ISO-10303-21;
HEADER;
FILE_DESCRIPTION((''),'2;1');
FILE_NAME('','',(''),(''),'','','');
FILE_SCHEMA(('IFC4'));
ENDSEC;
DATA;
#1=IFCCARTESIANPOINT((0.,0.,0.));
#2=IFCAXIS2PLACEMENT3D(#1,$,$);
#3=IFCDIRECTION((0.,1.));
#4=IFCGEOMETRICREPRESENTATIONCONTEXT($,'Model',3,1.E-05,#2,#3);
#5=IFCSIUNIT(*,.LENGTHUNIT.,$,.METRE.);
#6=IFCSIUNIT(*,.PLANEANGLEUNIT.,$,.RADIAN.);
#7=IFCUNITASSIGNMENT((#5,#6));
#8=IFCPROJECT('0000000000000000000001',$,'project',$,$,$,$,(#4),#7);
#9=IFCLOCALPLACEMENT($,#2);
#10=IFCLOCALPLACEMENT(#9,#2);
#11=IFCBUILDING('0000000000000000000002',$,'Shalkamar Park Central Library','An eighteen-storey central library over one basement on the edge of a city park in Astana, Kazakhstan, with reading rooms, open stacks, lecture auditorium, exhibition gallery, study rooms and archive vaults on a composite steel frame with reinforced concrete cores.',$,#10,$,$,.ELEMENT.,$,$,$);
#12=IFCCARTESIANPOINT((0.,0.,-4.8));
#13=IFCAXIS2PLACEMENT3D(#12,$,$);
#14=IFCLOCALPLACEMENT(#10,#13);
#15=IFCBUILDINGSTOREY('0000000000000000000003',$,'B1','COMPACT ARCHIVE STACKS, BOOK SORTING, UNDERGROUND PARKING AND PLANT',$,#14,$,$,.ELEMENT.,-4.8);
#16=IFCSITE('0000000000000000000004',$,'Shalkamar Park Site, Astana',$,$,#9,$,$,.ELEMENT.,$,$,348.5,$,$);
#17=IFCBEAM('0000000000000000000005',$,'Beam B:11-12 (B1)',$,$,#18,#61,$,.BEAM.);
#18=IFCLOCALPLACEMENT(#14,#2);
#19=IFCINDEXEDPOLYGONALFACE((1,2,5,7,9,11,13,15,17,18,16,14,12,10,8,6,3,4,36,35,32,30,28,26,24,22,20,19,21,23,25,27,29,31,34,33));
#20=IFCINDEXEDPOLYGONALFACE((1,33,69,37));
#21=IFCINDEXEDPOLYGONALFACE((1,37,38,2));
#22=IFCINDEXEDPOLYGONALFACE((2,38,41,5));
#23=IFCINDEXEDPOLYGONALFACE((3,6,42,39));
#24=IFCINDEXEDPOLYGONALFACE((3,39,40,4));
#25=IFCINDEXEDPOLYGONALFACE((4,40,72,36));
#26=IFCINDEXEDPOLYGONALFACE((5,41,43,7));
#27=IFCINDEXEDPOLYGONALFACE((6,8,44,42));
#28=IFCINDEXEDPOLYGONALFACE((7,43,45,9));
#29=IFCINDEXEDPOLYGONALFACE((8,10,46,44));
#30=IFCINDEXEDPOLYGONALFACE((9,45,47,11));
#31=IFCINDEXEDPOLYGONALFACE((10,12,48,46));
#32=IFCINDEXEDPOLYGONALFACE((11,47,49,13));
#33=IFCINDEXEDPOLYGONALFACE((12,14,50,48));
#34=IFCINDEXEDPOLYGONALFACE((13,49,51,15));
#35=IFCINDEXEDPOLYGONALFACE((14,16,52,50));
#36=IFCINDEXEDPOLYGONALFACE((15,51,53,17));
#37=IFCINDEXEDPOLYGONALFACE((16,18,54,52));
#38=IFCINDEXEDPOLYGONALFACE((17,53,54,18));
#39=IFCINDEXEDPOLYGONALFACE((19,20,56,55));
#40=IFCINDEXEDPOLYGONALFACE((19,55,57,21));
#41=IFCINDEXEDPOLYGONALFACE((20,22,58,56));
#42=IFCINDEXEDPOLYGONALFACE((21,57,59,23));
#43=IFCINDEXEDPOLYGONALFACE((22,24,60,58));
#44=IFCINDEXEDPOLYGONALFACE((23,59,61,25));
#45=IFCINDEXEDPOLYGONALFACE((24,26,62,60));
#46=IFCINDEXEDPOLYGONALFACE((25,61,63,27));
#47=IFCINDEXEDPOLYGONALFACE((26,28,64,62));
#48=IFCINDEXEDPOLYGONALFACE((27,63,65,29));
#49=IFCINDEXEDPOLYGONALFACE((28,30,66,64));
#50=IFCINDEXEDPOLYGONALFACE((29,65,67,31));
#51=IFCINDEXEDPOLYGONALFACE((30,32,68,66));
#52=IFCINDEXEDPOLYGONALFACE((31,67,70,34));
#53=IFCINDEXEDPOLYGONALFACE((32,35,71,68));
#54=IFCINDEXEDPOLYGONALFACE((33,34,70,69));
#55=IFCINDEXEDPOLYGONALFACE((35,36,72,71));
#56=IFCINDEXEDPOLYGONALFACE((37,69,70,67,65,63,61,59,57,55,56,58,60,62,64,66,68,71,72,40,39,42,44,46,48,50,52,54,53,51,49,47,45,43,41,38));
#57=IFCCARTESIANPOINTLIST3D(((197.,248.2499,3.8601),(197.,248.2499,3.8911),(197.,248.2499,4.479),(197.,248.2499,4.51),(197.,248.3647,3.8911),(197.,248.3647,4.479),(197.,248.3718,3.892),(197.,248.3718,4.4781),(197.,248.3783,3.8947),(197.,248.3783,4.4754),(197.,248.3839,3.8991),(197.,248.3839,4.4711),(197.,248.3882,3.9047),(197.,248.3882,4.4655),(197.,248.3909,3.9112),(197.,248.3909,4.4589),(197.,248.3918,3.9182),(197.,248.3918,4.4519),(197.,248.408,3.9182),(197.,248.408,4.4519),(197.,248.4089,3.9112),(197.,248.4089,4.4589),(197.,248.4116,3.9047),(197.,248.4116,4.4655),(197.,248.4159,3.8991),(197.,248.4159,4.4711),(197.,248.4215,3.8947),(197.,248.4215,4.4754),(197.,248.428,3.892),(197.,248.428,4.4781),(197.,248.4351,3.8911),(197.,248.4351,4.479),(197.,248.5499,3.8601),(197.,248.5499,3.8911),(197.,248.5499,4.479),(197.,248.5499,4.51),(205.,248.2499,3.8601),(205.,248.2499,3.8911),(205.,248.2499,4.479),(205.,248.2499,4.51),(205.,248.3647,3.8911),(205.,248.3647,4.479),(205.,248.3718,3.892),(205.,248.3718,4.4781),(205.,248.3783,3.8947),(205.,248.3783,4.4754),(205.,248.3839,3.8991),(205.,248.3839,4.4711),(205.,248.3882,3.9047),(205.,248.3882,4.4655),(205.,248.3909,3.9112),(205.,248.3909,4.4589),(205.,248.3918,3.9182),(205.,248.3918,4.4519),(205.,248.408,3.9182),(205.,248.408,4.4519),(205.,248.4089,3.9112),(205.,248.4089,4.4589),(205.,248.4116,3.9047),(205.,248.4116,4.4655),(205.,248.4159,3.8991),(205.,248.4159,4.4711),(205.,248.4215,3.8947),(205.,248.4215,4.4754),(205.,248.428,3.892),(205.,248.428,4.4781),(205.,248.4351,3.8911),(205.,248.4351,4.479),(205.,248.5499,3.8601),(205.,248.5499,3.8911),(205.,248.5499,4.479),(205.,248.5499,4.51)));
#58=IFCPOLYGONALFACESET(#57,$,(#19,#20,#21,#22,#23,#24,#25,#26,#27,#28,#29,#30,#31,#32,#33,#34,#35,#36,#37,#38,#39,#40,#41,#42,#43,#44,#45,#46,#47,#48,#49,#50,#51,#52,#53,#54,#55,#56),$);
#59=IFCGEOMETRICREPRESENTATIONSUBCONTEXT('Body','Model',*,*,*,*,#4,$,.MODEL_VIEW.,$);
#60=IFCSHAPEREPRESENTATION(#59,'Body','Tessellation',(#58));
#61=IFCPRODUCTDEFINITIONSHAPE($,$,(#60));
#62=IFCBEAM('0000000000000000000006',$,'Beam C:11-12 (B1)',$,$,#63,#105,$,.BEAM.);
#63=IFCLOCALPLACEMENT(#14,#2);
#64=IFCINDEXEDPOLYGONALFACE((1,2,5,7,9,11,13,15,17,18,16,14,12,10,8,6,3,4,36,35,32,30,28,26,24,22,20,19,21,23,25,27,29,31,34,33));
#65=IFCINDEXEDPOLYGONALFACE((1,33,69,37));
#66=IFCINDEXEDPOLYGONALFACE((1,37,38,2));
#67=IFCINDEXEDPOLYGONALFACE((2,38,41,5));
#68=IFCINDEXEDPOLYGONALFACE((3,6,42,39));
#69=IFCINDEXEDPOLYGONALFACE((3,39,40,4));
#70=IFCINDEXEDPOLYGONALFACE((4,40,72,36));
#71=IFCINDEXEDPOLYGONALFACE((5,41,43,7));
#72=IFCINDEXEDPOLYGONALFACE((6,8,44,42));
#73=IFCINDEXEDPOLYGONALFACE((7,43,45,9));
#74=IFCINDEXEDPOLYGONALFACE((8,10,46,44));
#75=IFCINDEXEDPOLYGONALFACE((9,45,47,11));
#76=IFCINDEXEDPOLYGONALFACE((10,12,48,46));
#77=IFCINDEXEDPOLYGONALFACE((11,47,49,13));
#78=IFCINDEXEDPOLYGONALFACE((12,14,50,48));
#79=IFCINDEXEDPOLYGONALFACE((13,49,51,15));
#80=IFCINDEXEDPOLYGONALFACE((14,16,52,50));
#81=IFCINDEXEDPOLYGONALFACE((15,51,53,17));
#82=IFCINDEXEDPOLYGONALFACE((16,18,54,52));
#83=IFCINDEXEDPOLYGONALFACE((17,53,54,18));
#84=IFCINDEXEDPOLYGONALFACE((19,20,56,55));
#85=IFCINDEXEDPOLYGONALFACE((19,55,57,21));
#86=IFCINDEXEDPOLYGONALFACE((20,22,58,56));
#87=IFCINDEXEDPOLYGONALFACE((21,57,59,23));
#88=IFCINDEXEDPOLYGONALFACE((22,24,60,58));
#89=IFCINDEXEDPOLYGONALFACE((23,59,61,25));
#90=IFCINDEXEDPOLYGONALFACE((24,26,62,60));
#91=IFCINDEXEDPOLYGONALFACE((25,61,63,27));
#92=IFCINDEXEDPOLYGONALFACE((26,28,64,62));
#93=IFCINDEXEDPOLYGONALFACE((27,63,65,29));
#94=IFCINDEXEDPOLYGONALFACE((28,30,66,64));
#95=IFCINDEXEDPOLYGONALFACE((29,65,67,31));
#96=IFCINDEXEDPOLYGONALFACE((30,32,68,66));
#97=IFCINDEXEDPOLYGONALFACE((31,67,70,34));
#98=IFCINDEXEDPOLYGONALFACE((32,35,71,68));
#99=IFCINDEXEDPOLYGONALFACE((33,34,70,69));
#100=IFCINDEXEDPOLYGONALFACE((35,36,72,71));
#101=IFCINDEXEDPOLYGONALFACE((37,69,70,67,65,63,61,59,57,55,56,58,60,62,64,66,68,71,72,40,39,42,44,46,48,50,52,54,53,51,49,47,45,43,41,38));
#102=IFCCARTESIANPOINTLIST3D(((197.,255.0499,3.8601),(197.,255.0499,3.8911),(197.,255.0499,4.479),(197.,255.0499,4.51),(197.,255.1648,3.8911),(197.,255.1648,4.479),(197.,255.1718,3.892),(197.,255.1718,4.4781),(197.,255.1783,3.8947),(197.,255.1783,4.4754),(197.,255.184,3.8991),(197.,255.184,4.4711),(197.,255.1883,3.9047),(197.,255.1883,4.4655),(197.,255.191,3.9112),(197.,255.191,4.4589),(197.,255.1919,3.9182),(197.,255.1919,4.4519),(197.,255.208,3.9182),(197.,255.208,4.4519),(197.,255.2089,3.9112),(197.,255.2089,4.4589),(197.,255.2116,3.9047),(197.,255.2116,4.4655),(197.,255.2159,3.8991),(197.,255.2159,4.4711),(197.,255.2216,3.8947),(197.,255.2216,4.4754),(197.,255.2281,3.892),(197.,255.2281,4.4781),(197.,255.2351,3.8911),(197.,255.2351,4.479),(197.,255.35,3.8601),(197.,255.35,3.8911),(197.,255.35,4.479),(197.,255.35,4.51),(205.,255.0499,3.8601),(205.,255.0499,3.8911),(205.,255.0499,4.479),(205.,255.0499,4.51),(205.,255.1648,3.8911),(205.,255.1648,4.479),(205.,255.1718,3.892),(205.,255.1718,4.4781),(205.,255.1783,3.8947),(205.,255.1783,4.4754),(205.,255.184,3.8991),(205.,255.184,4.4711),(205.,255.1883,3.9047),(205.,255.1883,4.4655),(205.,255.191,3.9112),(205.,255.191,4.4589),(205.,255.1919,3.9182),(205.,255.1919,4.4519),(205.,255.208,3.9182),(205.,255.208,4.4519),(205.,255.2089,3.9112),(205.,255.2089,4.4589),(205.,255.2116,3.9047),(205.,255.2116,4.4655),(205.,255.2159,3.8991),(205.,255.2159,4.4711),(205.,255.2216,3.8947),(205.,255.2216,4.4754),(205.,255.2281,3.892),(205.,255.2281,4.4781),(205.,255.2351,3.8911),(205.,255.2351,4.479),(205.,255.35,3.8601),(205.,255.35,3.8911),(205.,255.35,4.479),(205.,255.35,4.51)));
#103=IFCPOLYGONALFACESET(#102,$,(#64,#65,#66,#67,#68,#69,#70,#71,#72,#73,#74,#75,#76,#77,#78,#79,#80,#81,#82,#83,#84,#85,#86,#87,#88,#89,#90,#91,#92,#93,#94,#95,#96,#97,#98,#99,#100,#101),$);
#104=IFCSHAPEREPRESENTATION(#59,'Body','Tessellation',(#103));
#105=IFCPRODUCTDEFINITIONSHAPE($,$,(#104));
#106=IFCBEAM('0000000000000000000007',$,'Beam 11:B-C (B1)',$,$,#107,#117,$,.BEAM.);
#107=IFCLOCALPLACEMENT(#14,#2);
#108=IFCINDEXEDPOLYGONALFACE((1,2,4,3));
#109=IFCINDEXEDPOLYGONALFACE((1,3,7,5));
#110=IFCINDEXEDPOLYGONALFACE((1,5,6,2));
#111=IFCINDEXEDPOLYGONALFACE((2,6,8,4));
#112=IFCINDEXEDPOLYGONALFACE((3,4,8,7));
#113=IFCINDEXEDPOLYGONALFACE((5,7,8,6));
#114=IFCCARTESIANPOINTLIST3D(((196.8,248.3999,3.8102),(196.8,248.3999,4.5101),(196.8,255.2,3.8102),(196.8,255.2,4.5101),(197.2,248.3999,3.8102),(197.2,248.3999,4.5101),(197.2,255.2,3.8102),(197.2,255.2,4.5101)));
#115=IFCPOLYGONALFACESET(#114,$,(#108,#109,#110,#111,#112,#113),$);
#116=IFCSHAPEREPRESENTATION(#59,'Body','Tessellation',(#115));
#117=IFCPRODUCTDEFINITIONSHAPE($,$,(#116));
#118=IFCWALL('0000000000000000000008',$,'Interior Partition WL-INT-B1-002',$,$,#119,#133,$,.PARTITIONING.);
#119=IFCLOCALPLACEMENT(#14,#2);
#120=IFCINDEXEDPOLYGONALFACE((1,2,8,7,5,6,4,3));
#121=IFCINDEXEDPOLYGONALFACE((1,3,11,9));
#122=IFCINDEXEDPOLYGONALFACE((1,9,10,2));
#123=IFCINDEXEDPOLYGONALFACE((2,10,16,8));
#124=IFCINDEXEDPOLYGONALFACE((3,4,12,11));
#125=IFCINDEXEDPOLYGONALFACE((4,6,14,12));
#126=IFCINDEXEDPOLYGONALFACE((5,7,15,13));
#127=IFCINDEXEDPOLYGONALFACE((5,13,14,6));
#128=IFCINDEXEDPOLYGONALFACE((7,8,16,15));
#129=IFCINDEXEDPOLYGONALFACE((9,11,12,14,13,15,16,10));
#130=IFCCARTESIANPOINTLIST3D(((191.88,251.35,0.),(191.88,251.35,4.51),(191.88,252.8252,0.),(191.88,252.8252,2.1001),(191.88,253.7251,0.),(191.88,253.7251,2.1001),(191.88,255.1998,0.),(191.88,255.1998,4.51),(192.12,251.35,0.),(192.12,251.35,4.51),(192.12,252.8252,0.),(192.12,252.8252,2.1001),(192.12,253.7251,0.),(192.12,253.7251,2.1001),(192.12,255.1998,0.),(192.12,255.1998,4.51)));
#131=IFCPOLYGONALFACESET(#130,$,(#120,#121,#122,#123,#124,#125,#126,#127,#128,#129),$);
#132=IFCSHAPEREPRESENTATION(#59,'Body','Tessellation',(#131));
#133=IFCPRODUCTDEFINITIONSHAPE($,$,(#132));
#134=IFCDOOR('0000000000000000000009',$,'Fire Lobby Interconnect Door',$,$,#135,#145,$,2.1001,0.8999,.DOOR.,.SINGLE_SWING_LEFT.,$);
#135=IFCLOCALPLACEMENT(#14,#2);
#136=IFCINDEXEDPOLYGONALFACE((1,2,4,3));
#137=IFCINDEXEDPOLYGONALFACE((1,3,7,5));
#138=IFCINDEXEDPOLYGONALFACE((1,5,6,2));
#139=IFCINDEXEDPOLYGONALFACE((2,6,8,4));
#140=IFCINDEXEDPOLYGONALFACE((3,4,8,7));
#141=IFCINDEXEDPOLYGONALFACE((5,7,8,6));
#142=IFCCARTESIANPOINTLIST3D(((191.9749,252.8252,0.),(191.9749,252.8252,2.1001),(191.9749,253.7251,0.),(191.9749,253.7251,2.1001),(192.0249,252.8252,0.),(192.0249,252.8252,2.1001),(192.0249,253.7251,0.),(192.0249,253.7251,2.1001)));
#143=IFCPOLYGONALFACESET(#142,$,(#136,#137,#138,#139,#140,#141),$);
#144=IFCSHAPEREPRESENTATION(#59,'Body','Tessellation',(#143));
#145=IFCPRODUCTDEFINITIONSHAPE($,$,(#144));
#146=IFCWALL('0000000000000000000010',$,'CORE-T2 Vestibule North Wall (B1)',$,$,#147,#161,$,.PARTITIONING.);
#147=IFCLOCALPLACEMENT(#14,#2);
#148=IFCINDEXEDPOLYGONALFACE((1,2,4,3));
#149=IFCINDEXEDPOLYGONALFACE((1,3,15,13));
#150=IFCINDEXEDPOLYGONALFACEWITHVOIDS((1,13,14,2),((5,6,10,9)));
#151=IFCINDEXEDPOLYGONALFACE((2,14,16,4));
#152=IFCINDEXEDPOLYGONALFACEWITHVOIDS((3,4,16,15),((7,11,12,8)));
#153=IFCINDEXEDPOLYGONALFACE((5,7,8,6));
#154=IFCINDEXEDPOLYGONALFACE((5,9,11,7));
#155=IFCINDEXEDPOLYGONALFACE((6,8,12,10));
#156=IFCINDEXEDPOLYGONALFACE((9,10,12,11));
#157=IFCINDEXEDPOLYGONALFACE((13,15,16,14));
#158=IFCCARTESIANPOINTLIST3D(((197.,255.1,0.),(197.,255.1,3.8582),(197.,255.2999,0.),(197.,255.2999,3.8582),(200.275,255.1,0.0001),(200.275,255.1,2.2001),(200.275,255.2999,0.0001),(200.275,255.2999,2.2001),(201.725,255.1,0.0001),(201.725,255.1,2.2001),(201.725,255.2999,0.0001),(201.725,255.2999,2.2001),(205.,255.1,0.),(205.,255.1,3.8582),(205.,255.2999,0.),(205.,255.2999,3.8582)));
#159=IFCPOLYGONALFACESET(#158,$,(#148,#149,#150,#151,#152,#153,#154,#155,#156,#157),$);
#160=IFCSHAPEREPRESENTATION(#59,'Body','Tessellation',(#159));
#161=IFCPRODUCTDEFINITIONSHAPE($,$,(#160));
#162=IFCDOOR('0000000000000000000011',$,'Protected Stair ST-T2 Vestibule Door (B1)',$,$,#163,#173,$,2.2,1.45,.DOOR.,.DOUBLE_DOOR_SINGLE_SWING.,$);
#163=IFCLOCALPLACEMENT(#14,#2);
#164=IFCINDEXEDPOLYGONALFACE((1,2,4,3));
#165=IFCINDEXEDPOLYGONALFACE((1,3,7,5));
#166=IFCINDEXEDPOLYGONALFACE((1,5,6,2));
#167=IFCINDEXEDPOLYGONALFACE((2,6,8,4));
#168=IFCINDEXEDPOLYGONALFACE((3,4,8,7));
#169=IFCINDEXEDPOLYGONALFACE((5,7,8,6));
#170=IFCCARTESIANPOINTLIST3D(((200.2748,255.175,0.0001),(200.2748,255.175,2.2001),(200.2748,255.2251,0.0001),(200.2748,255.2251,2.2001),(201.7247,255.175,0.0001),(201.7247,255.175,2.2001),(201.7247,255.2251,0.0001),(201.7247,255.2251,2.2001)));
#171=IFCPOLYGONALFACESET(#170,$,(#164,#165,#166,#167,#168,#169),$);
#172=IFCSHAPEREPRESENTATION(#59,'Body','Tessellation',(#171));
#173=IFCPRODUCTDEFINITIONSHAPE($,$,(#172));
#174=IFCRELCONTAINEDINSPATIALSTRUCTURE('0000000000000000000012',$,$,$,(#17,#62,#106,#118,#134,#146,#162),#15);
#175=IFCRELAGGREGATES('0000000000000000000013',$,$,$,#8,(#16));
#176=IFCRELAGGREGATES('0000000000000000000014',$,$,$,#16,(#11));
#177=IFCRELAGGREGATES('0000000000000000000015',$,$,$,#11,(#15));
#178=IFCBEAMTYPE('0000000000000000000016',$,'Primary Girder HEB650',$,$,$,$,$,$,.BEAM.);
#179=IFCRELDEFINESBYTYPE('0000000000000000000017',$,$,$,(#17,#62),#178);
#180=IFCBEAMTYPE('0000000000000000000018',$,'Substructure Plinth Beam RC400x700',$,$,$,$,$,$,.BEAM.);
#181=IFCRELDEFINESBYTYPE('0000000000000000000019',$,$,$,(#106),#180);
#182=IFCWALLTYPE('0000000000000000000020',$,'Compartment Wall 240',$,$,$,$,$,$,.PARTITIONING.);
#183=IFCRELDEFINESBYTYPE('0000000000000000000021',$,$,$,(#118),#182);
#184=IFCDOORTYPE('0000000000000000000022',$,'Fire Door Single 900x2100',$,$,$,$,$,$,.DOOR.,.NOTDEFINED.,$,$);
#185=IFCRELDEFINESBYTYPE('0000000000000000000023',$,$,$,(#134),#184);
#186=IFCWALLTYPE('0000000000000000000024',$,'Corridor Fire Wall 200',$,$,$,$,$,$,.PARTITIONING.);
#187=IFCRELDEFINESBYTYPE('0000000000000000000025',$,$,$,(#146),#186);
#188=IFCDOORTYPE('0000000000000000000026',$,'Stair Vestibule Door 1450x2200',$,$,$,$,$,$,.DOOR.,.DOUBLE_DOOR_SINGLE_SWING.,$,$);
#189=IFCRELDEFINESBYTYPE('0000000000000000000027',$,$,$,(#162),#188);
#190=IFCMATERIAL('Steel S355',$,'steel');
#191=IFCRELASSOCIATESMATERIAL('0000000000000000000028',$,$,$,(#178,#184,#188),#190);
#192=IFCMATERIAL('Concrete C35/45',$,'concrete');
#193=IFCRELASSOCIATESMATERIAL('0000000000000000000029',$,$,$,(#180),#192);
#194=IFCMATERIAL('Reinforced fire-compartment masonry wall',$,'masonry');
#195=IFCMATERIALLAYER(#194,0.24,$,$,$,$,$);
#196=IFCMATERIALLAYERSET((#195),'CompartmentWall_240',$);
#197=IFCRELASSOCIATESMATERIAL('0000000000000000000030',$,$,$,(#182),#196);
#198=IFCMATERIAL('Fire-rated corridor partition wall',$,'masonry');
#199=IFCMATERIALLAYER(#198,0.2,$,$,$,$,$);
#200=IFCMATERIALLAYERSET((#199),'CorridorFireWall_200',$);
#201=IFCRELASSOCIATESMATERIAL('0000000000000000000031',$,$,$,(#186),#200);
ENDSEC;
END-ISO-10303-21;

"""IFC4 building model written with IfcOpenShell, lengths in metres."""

from ifc_helpers import new_model, si_unit, direction, frame, frame_2d, origin, origin_2d, place, context, subcontext, project, spatial, rectangle, i_section, extrude, material, layer, layer_set, material_profile, profile_set, type_object, element, fill, save


model = new_model("IFC4")

# Units and contexts
model_context = context("Model", 3, precision=1e-05, world=origin(), true_north=direction((0.0, 1.0)))
body_context = subcontext(model_context, "Body", "Model", "MODEL_VIEW")
ifc_project = project(units=[si_unit("LENGTHUNIT", "METRE"), si_unit("PLANEANGLEUNIT", "RADIAN")], contexts=[model_context])

# Site, building, storey
site_placement = place(None, origin())
site = spatial("IfcSite", under=ifc_project, at=site_placement, Name="Shalkamar Park Site, Astana", CompositionType="ELEMENT", RefElevation=348.5)
building_placement = place(site_placement, origin())
building = spatial("IfcBuilding", under=site, at=building_placement, Name="Shalkamar Park Central Library", Description="An eighteen-storey central library over one basement on the edge of a city park in Astana, Kazakhstan, with reading rooms, open stacks, lecture auditorium, exhibition gallery, study rooms and archive vaults on a composite steel frame with reinforced concrete cores.", CompositionType="ELEMENT")
storey_placement = place(building_placement, frame((0.0, 0.0, -4.8)))
storey = spatial("IfcBuildingStorey", under=building, at=storey_placement, Name="B1", Description="COMPACT ARCHIVE STACKS, BOOK SORTING, UNDERGROUND PARKING AND PLANT", CompositionType="ELEMENT", Elevation=-4.8)

# Shared definitions
ifc_material_1 = material(Name="Concrete C35/45", Category="concrete")

# Shared definitions
ifc_material_2 = material(Name="Steel S355", Category="steel")

# Beams
ifc_material_profile_1 = material_profile(ifc_material_2, i_section(OverallWidth=0.3, OverallDepth=0.6499, WebThickness=0.0161, FlangeThickness=0.031, FilletRadius=0.0271, at=origin_2d()), Name="HEB 650")
ifc_profile_set_1 = profile_set([ifc_material_profile_1], Name="Steel S355")
beam_type_1 = type_object("IfcBeamType", Name="Primary Girder HEB650", PredefinedType="BEAM", material=ifc_profile_set_1)
for number, where, z_axis, x_axis, name in (
    (1, (197.0, 248.3999, 4.1851), (1.0, 0.0, 0.0), (0.0, 1.0, 0.0), "Beam B:11-12 (B1)"),
    (2, (197.0, 255.2, 4.1851), (1.0, 0.0, 0.0), (0.0, 1.0, 0.0), "Beam C:11-12 (B1)"),
):
    element("IfcBeam", number, at=place(storey_placement, frame(where, z_axis=z_axis, x_axis=x_axis)), inside=storey, type_object=beam_type_1, Name=name, PredefinedType="BEAM", context=body_context, shape_type="SweptSolid", body=[
        extrude(i_section(OverallWidth=0.3, OverallDepth=0.6499, WebThickness=0.0161, FlangeThickness=0.031, FilletRadius=0.0271, at=origin_2d()), origin(), (0.0, 0.0, 1.0), 8.0),
    ])
ifc_material_profile_2 = material_profile(ifc_material_1, rectangle(XDim=0.3999, YDim=0.7, at=origin_2d()), Name="RC 400x700")
ifc_profile_set_2 = profile_set([ifc_material_profile_2], Name="Concrete C35/45")
beam_type_2 = type_object("IfcBeamType", Name="Substructure Plinth Beam RC400x700", PredefinedType="BEAM", material=ifc_profile_set_2)
beam_1_placement = place(storey_placement, frame((197.0, 248.3999, 4.1602), z_axis=(0.0, 1.0, 0.0), x_axis=(-1.0, 0.0, 0.0)))
element("IfcBeam", 3, at=beam_1_placement, inside=storey, type_object=beam_type_2, Name="Beam 11:B-C (B1)", PredefinedType="BEAM", context=body_context, shape_type="SweptSolid", body=[
    extrude(rectangle(XDim=0.3999, YDim=0.7, at=origin_2d()), origin(), (0.0, 0.0, 1.0), 6.8),
])

# Walls, openings, doors
ifc_material_3 = material(Name="Reinforced fire-compartment masonry wall", Category="masonry")
ifc_layer_1 = layer(ifc_material_3, 0.24)
ifc_layer_set_1 = layer_set([ifc_layer_1], Name="CompartmentWall_240")
wall_type_1 = type_object("IfcWallType", Name="Compartment Wall 240", PredefinedType="PARTITIONING", material=ifc_layer_set_1)
wall_1_placement = place(storey_placement, frame((192.0, 251.3501, 0.0), z_axis=(0.0, 0.0, 1.0), x_axis=(0.0, 1.0, 0.0)))
wall_1 = element("IfcWall", 4, at=wall_1_placement, inside=storey, type_object=wall_type_1, Name="Interior Partition WL-INT-B1-002", PredefinedType="PARTITIONING", context=body_context, shape_type="SweptSolid", body=[
    extrude(rectangle(XDim=3.8499, YDim=0.24, at=frame_2d((1.9248, 0.0))), origin(), (0.0, 0.0, 1.0), 4.51),
])
opening_1_placement = place(wall_1_placement, frame((1.4751, 0.0, 0.0)))
opening_1 = element("IfcOpeningElement", 5, at=opening_1_placement, cuts=wall_1, PredefinedType="OPENING", context=body_context, shape_type="SweptSolid", body=[
    extrude(rectangle(XDim=0.8999, YDim=2.1001, at=frame_2d((0.45, 1.05))), frame((0.0, 0.1348, 0.0), z_axis=(0.0, -1.0, 0.0), x_axis=(1.0, 0.0, 0.0)), (0.0, 0.0, 1.0), 0.2698),
])
door_type_1 = type_object("IfcDoorType", Name="Fire Door Single 900x2100", OperationType="NOTDEFINED", PredefinedType="DOOR", material=ifc_material_2)
door_1_placement = place(opening_1_placement, frame((0.8999, 0.0, 0.0), z_axis=(0.0, 0.0, 1.0), x_axis=(-1.0, 0.0, 0.0)))
door_1 = element("IfcDoor", 6, at=door_1_placement, inside=storey, type_object=door_type_1, Name="Fire Lobby Interconnect Door", OperationType="SINGLE_SWING_LEFT", OverallHeight=2.1001, OverallWidth=0.8999, PredefinedType="DOOR", context=body_context, shape_type="SweptSolid", body=[
    extrude(rectangle(XDim=0.8999, YDim=2.1001, at=frame_2d((0.45, 1.05))), frame((0.0, 0.0249, 0.0), z_axis=(0.0, -1.0, 0.0), x_axis=(1.0, 0.0, 0.0)), (0.0, 0.0, 1.0), 0.05),
])
fill(opening_1, door_1)
ifc_material_4 = material(Name="Fire-rated corridor partition wall", Category="masonry")
ifc_layer_2 = layer(ifc_material_4, 0.2)
ifc_layer_set_2 = layer_set([ifc_layer_2], Name="CorridorFireWall_200")
wall_type_2 = type_object("IfcWallType", Name="Corridor Fire Wall 200", PredefinedType="PARTITIONING", material=ifc_layer_set_2)
wall_2_placement = place(storey_placement, frame((197.0, 255.2, 0.0), z_axis=(0.0, 0.0, 1.0), x_axis=(1.0, 0.0, 0.0)))
wall_2 = element("IfcWall", 7, at=wall_2_placement, inside=storey, type_object=wall_type_2, Name="CORE-T2 Vestibule North Wall (B1)", PredefinedType="PARTITIONING", context=body_context, shape_type="SweptSolid", body=[
    extrude(rectangle(XDim=8.0, YDim=0.2, at=frame_2d((4.0, 0.0))), origin(), (0.0, 0.0, 1.0), 3.8582),
])
opening_2_placement = place(wall_2_placement, frame((3.2749, 0.0, 0.0)))
opening_2 = element("IfcOpeningElement", 8, at=opening_2_placement, cuts=wall_2, PredefinedType="OPENING", context=body_context, shape_type="SweptSolid", body=[
    extrude(rectangle(XDim=1.45, YDim=2.2, at=frame_2d((0.7251, 1.1001))), frame((0.0, 0.1147, 0.0), z_axis=(0.0, -1.0, 0.0), x_axis=(1.0, 0.0, 0.0)), (0.0, 0.0, 1.0), 0.2297),
])
door_type_2 = type_object("IfcDoorType", Name="Stair Vestibule Door 1450x2200", OperationType="DOUBLE_DOOR_SINGLE_SWING", PredefinedType="DOOR", material=ifc_material_2)
door_2_placement = place(opening_2_placement, frame((1.45, 0.0, 0.0), z_axis=(0.0, 0.0, 1.0), x_axis=(-1.0, 0.0, 0.0)))
door_2 = element("IfcDoor", 9, at=door_2_placement, inside=storey, type_object=door_type_2, Name="Protected Stair ST-T2 Vestibule Door (B1)", OperationType="DOUBLE_DOOR_SINGLE_SWING", OverallHeight=2.2, OverallWidth=1.45, PredefinedType="DOOR", context=body_context, shape_type="SweptSolid", body=[
    extrude(rectangle(XDim=1.45, YDim=2.2, at=frame_2d((0.7251, 1.1001))), frame((0.0, 0.0249, 0.0), z_axis=(0.0, -1.0, 0.0), x_axis=(1.0, 0.0, 0.0)), (0.0, 0.0, 1.0), 0.05),
])
fill(opening_2, door_2)

save(model, "model.ifc")
